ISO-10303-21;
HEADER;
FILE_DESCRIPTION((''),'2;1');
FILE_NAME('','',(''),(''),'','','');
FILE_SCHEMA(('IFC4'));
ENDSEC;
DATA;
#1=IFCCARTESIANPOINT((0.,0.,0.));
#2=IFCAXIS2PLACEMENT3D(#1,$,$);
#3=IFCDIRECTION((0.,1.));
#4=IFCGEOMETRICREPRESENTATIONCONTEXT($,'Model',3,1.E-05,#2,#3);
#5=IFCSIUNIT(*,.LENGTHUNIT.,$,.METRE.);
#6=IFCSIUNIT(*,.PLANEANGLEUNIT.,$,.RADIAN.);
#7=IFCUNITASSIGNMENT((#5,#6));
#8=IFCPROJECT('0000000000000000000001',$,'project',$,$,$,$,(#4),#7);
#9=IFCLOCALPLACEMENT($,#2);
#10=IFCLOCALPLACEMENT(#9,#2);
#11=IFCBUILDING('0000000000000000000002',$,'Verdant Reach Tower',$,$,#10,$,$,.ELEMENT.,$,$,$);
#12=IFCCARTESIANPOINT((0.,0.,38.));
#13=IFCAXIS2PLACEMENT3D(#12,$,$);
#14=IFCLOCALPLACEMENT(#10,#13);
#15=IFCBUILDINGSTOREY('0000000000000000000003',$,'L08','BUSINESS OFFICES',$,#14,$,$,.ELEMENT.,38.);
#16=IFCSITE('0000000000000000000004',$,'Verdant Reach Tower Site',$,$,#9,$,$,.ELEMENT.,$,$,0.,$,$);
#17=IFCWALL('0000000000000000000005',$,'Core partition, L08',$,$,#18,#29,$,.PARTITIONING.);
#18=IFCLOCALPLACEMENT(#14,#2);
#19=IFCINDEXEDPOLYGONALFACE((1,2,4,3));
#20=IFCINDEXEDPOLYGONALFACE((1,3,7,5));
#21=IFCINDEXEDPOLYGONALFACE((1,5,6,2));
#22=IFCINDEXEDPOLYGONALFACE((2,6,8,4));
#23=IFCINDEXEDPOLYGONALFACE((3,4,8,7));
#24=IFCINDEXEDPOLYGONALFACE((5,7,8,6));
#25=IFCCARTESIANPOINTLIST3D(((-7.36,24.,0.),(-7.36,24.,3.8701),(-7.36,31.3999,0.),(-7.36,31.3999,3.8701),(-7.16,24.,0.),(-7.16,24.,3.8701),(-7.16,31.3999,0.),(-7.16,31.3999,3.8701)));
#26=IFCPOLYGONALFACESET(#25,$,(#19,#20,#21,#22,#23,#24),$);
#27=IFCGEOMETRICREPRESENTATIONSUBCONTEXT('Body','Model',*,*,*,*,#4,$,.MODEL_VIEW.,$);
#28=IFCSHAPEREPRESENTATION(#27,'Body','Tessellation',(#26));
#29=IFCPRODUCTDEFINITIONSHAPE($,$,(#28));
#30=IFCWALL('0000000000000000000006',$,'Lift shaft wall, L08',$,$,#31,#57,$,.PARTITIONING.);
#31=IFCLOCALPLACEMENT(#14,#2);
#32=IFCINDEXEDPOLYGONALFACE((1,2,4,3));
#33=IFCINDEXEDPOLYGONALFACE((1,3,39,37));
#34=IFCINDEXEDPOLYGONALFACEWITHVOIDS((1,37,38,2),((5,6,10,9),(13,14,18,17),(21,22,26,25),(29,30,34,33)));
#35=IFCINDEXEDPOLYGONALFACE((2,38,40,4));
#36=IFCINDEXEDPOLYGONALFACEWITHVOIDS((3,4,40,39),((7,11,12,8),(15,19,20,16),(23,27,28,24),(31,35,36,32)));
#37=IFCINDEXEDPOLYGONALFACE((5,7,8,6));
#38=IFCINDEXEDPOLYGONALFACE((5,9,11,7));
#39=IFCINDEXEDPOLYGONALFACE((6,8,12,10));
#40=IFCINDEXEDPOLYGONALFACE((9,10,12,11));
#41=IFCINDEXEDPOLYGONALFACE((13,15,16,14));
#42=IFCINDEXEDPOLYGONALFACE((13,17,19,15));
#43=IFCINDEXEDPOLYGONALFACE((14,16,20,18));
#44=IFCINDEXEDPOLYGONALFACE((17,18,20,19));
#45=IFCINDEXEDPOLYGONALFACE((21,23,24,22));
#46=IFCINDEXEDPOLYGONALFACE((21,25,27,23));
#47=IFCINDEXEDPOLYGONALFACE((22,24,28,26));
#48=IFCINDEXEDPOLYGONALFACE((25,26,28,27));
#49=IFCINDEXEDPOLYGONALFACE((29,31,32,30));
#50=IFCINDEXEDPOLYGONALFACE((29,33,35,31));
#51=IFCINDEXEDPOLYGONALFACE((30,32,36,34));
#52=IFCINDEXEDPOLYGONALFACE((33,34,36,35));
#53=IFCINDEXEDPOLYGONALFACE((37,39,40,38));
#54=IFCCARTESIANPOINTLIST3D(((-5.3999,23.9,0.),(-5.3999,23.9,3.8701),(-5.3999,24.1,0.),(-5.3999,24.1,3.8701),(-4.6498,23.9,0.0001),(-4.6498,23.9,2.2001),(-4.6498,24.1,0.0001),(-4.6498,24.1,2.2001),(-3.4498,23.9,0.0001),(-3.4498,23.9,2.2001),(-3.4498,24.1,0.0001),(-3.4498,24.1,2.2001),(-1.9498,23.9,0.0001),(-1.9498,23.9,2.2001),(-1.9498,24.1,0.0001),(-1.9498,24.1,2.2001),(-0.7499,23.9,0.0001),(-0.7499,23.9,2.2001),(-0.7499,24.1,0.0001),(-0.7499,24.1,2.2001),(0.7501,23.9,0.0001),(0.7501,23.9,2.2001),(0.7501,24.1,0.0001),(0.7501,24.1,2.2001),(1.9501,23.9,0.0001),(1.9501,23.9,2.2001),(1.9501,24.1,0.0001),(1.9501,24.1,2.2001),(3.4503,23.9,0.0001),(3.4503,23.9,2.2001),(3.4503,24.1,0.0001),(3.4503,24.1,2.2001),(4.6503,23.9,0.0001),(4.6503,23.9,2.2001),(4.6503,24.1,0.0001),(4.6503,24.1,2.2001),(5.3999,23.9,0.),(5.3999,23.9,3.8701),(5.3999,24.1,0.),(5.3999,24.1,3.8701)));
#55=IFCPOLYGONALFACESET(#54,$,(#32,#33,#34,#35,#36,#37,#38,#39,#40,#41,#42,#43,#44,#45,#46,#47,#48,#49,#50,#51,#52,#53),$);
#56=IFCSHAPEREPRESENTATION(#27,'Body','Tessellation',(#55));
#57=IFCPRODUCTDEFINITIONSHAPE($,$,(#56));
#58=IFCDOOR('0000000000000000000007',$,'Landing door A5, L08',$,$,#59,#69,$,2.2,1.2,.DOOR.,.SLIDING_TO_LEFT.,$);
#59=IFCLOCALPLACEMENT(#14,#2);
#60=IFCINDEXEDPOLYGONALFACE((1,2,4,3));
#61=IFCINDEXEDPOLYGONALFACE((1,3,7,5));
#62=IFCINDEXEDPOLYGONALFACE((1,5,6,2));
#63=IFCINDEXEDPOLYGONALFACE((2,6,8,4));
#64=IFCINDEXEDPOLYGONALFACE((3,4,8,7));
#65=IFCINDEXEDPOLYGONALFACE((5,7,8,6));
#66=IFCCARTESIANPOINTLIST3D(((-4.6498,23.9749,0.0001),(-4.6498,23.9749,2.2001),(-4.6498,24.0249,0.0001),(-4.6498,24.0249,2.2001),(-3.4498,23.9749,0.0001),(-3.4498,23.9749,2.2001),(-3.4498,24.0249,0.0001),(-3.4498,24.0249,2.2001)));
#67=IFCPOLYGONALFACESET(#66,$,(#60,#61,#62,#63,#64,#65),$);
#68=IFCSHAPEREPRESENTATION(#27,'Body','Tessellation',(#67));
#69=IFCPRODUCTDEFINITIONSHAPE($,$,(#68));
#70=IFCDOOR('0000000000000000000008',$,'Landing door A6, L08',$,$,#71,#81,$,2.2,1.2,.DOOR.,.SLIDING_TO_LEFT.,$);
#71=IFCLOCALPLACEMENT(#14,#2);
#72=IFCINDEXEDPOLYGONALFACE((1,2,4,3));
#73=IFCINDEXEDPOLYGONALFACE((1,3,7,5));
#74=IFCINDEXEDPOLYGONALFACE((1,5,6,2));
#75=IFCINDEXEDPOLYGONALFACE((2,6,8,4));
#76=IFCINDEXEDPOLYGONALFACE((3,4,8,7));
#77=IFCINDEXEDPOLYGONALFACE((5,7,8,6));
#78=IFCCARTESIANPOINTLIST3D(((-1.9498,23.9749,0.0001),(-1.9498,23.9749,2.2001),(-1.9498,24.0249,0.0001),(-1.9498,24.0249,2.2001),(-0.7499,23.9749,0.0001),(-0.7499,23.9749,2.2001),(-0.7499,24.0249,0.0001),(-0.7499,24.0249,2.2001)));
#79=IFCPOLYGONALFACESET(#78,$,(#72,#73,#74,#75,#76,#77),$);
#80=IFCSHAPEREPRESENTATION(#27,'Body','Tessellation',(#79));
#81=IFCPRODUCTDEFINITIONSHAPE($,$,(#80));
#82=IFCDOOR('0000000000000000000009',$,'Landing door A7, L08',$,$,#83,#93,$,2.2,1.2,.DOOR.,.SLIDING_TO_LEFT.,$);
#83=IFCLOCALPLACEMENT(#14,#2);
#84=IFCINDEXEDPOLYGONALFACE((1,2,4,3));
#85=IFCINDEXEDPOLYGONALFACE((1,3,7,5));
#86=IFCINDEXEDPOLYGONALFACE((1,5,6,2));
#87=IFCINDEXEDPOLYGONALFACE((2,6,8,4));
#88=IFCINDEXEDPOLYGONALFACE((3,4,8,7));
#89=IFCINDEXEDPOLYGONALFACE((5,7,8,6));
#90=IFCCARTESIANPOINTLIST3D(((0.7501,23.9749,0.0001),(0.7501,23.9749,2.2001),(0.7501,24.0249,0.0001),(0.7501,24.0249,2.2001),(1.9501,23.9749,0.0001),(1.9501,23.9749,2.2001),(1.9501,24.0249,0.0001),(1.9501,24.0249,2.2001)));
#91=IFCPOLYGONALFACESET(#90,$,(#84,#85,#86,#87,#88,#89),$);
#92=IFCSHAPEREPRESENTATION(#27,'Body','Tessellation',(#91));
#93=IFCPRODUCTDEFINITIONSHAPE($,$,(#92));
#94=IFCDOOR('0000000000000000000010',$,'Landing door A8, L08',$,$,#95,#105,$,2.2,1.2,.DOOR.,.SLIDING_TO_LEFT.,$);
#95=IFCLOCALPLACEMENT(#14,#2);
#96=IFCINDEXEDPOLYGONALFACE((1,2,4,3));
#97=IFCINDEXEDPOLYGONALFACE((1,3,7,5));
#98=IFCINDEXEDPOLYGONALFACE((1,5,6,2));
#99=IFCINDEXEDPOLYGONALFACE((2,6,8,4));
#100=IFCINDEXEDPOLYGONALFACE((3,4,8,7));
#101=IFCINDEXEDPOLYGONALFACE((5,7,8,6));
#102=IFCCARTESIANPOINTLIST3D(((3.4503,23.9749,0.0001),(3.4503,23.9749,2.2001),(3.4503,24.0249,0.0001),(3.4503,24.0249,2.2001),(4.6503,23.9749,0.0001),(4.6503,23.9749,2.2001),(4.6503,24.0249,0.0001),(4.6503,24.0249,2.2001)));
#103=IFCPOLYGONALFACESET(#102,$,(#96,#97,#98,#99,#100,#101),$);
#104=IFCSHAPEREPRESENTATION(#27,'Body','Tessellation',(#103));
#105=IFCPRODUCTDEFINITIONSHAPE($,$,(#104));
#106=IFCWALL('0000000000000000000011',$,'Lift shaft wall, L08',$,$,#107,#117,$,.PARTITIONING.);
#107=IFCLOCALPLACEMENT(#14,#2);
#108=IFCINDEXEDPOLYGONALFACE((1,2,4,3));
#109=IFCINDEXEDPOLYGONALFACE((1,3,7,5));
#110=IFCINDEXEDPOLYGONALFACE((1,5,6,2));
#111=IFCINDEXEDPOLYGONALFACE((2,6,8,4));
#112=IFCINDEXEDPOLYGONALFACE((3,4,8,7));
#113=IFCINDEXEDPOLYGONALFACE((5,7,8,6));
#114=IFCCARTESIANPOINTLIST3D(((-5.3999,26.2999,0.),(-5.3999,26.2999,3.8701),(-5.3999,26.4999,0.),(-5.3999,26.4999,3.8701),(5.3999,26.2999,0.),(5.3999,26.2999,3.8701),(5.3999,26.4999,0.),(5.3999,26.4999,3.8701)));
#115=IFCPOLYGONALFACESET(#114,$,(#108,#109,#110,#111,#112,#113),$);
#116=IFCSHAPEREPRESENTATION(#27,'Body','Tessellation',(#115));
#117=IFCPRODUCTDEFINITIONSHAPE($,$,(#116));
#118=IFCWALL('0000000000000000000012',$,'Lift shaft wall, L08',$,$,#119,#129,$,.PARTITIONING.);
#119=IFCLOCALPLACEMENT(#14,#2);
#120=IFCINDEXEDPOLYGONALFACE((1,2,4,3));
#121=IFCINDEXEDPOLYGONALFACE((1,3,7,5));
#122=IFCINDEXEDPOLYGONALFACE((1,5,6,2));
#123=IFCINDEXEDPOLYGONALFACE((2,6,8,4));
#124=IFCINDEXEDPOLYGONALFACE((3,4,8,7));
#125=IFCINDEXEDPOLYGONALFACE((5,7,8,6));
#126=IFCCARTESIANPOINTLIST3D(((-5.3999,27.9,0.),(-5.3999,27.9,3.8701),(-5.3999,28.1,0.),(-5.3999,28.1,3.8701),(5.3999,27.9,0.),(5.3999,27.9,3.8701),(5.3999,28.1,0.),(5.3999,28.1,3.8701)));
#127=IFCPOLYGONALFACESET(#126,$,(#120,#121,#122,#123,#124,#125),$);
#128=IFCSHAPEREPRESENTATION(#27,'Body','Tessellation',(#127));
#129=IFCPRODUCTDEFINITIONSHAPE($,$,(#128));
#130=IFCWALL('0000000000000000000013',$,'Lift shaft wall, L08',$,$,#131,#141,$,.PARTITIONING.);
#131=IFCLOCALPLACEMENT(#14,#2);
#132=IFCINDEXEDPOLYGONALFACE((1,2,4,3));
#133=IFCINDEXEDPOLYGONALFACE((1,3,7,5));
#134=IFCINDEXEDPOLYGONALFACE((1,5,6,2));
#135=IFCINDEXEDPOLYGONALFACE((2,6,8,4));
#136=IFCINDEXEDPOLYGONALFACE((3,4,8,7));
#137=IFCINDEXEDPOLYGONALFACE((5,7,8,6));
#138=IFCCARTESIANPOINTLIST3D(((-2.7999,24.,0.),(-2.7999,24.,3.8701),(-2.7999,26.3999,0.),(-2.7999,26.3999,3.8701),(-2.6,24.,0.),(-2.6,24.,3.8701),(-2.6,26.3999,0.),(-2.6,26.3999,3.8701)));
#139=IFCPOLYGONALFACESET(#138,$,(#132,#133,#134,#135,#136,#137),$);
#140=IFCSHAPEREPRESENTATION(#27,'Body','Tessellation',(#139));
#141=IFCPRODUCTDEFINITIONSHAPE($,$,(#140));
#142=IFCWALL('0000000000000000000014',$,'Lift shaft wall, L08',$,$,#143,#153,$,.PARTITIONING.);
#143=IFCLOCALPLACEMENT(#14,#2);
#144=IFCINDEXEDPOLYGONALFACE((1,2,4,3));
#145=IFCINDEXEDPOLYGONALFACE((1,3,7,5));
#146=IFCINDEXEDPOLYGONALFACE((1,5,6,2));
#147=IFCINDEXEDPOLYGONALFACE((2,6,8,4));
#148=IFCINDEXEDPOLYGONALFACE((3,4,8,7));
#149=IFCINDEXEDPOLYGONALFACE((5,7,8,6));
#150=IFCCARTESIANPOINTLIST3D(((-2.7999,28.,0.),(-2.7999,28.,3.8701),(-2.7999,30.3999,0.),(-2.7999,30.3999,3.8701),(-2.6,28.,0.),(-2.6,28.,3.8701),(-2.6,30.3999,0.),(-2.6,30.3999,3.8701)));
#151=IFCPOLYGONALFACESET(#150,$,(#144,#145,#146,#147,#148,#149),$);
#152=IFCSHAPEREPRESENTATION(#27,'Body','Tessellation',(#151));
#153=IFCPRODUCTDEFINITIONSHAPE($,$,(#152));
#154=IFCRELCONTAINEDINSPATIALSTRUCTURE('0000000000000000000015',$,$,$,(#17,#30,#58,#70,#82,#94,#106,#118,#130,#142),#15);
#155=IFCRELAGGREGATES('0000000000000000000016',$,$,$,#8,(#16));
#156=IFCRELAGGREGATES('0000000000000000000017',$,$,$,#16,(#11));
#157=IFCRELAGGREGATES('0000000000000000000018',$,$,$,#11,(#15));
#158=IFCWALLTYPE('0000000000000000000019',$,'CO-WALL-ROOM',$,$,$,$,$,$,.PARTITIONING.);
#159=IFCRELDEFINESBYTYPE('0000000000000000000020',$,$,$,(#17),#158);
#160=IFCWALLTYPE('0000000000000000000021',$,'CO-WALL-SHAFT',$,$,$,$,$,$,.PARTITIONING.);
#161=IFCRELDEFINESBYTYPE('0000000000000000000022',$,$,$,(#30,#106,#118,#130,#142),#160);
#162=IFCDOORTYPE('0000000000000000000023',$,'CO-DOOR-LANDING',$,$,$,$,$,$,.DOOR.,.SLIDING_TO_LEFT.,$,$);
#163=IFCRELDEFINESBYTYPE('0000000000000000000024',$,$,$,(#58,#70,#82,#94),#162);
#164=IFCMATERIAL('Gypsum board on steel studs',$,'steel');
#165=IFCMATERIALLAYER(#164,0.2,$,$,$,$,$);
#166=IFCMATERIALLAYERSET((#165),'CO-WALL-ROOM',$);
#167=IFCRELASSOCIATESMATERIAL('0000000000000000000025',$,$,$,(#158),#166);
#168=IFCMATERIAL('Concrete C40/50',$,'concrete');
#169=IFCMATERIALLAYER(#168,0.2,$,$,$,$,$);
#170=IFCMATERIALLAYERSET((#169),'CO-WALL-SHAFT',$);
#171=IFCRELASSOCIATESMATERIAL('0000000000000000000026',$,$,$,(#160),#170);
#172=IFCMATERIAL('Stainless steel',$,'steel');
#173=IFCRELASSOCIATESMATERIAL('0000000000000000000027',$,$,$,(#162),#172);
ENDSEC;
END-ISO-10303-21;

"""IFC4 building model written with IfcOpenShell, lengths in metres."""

from ifc_helpers import new_model, si_unit, direction, frame, frame_2d, origin, place, context, subcontext, project, spatial, rectangle, extrude, material, layer, layer_set, type_object, element, fill, save


model = new_model("IFC4")

# Units and contexts
model_context = context("Model", 3, precision=1e-05, world=origin(), true_north=direction((0.0, 1.0)))
body_context = subcontext(model_context, "Body", "Model", "MODEL_VIEW")
ifc_project = project(units=[si_unit("LENGTHUNIT", "METRE"), si_unit("PLANEANGLEUNIT", "RADIAN")], contexts=[model_context])

# Site, building, storey
site_placement = place(None, origin())
site = spatial("IfcSite", under=ifc_project, at=site_placement, Name="Verdant Reach Tower Site", CompositionType="ELEMENT", RefElevation=0.0)
building_placement = place(site_placement, origin())
building = spatial("IfcBuilding", under=site, at=building_placement, Name="Verdant Reach Tower", CompositionType="ELEMENT")
storey_placement = place(building_placement, frame((0.0, 0.0, 38.0)))
storey = spatial("IfcBuildingStorey", under=building, at=storey_placement, Name="L08", Description="BUSINESS OFFICES", CompositionType="ELEMENT", Elevation=38.0)

# Wall
ifc_material_1 = material(Name="Gypsum board on steel studs", Category="steel")
ifc_layer_1 = layer(ifc_material_1, 0.2)
ifc_layer_set_1 = layer_set([ifc_layer_1], Name="CO-WALL-ROOM")
wall_type_1 = type_object("IfcWallType", Name="CO-WALL-ROOM", PredefinedType="PARTITIONING", material=ifc_layer_set_1)
wall_1_placement = place(storey_placement, frame((-7.26, 24.0, 0.0), z_axis=(0.0, 0.0, 1.0), x_axis=(0.0, 1.0, 0.0)))
element("IfcWall", 1, at=wall_1_placement, inside=storey, type_object=wall_type_1, Name="Core partition, L08", PredefinedType="PARTITIONING", context=body_context, shape_type="SweptSolid", body=[
    extrude(rectangle(XDim=7.3999, YDim=0.2, at=frame_2d((3.7, 0.0))), origin(), (0.0, 0.0, 1.0), 3.8701),
])

# Wall, openings, doors
ifc_material_2 = material(Name="Concrete C40/50", Category="concrete")
ifc_layer_2 = layer(ifc_material_2, 0.2)
ifc_layer_set_2 = layer_set([ifc_layer_2], Name="CO-WALL-SHAFT")
wall_type_2 = type_object("IfcWallType", Name="CO-WALL-SHAFT", PredefinedType="PARTITIONING", material=ifc_layer_set_2)
wall_2_placement = place(storey_placement, frame((-5.3999, 24.0, 0.0), z_axis=(0.0, 0.0, 1.0), x_axis=(1.0, 0.0, 0.0)))
wall_2 = element("IfcWall", 2, at=wall_2_placement, inside=storey, type_object=wall_type_2, Name="Lift shaft wall, L08", PredefinedType="PARTITIONING", context=body_context, shape_type="SweptSolid", body=[
    extrude(rectangle(XDim=10.7998, YDim=0.2, at=frame_2d((5.3999, 0.0))), origin(), (0.0, 0.0, 1.0), 3.8701),
])
opening_1_placement = place(wall_2_placement, frame((0.75, 0.0, 0.0)))
opening_1 = element("IfcOpeningElement", 3, at=opening_1_placement, cuts=wall_2, PredefinedType="OPENING", context=body_context, shape_type="SweptSolid", body=[
    extrude(rectangle(XDim=1.2, YDim=2.2, at=frame_2d((0.6001, 1.1001))), frame((0.0, 0.1099, 0.0), z_axis=(0.0, -1.0, 0.0), x_axis=(1.0, 0.0, 0.0)), (0.0, 0.0, 1.0), 0.22),
])
opening_2_placement = place(wall_2_placement, frame((3.45, 0.0, 0.0)))
opening_2 = element("IfcOpeningElement", 4, at=opening_2_placement, cuts=wall_2, PredefinedType="OPENING", context=body_context, shape_type="SweptSolid", body=[
    extrude(rectangle(XDim=1.2, YDim=2.2, at=frame_2d((0.6001, 1.1001))), frame((0.0, 0.1099, 0.0), z_axis=(0.0, -1.0, 0.0), x_axis=(1.0, 0.0, 0.0)), (0.0, 0.0, 1.0), 0.22),
])
opening_3_placement = place(wall_2_placement, frame((6.1499, 0.0, 0.0)))
opening_3 = element("IfcOpeningElement", 5, at=opening_3_placement, cuts=wall_2, PredefinedType="OPENING", context=body_context, shape_type="SweptSolid", body=[
    extrude(rectangle(XDim=1.2, YDim=2.2, at=frame_2d((0.6001, 1.1001))), frame((0.0, 0.1099, 0.0), z_axis=(0.0, -1.0, 0.0), x_axis=(1.0, 0.0, 0.0)), (0.0, 0.0, 1.0), 0.22),
])
opening_4_placement = place(wall_2_placement, frame((8.8501, 0.0, 0.0)))
opening_4 = element("IfcOpeningElement", 6, at=opening_4_placement, cuts=wall_2, PredefinedType="OPENING", context=body_context, shape_type="SweptSolid", body=[
    extrude(rectangle(XDim=1.2, YDim=2.2, at=frame_2d((0.6001, 1.1001))), frame((0.0, 0.1099, 0.0), z_axis=(0.0, -1.0, 0.0), x_axis=(1.0, 0.0, 0.0)), (0.0, 0.0, 1.0), 0.22),
])
ifc_material_3 = material(Name="Stainless steel", Category="steel")
door_type = type_object("IfcDoorType", Name="CO-DOOR-LANDING", OperationType="SLIDING_TO_LEFT", PredefinedType="DOOR", material=ifc_material_3)
door_1_placement = place(opening_1_placement, origin())
door_1 = element("IfcDoor", 7, at=door_1_placement, inside=storey, type_object=door_type, Name="Landing door A5, L08", OperationType="SLIDING_TO_LEFT", OverallHeight=2.2, OverallWidth=1.2, PredefinedType="DOOR", context=body_context, shape_type="SweptSolid", body=[
    extrude(rectangle(XDim=1.2, YDim=2.2, at=frame_2d((0.6001, 1.1001))), frame((0.0, 0.0249, 0.0), z_axis=(0.0, -1.0, 0.0), x_axis=(1.0, 0.0, 0.0)), (0.0, 0.0, 1.0), 0.05),
])
fill(opening_1, door_1)
door_2_placement = place(opening_2_placement, origin())
door_2 = element("IfcDoor", 8, at=door_2_placement, inside=storey, type_object=door_type, Name="Landing door A6, L08", OperationType="SLIDING_TO_LEFT", OverallHeight=2.2, OverallWidth=1.2, PredefinedType="DOOR", context=body_context, shape_type="SweptSolid", body=[
    extrude(rectangle(XDim=1.2, YDim=2.2, at=frame_2d((0.6001, 1.1001))), frame((0.0, 0.0249, 0.0), z_axis=(0.0, -1.0, 0.0), x_axis=(1.0, 0.0, 0.0)), (0.0, 0.0, 1.0), 0.05),
])
fill(opening_2, door_2)
door_3_placement = place(opening_3_placement, origin())
door_3 = element("IfcDoor", 9, at=door_3_placement, inside=storey, type_object=door_type, Name="Landing door A7, L08", OperationType="SLIDING_TO_LEFT", OverallHeight=2.2, OverallWidth=1.2, PredefinedType="DOOR", context=body_context, shape_type="SweptSolid", body=[
    extrude(rectangle(XDim=1.2, YDim=2.2, at=frame_2d((0.6001, 1.1001))), frame((0.0, 0.0249, 0.0), z_axis=(0.0, -1.0, 0.0), x_axis=(1.0, 0.0, 0.0)), (0.0, 0.0, 1.0), 0.05),
])
fill(opening_3, door_3)
door_4_placement = place(opening_4_placement, origin())
door_4 = element("IfcDoor", 10, at=door_4_placement, inside=storey, type_object=door_type, Name="Landing door A8, L08", OperationType="SLIDING_TO_LEFT", OverallHeight=2.2, OverallWidth=1.2, PredefinedType="DOOR", context=body_context, shape_type="SweptSolid", body=[
    extrude(rectangle(XDim=1.2, YDim=2.2, at=frame_2d((0.6001, 1.1001))), frame((0.0, 0.0249, 0.0), z_axis=(0.0, -1.0, 0.0), x_axis=(1.0, 0.0, 0.0)), (0.0, 0.0, 1.0), 0.05),
])
fill(opening_4, door_4)

# Walls
for number, where, z_axis, x_axis, name in (
    (11, (-5.3999, 26.3999, 0.0), (0.0, 0.0, 1.0), (1.0, 0.0, 0.0), "Lift shaft wall, L08"),
    (12, (-5.3999, 28.0, 0.0), (0.0, 0.0, 1.0), (1.0, 0.0, 0.0), "Lift shaft wall, L08"),
):
    element("IfcWall", number, at=place(storey_placement, frame(where, z_axis=z_axis, x_axis=x_axis)), inside=storey, type_object=wall_type_2, Name=name, PredefinedType="PARTITIONING", context=body_context, shape_type="SweptSolid", body=[
        extrude(rectangle(XDim=10.7998, YDim=0.2, at=frame_2d((5.3999, 0.0))), origin(), (0.0, 0.0, 1.0), 3.8701),
    ])
for number, where, z_axis, x_axis, name in (
    (13, (-2.7, 24.0, 0.0), (0.0, 0.0, 1.0), (0.0, 1.0, 0.0), "Lift shaft wall, L08"),
    (14, (-2.7, 28.0, 0.0), (0.0, 0.0, 1.0), (0.0, 1.0, 0.0), "Lift shaft wall, L08"),
):
    element("IfcWall", number, at=place(storey_placement, frame(where, z_axis=z_axis, x_axis=x_axis)), inside=storey, type_object=wall_type_2, Name=name, PredefinedType="PARTITIONING", context=body_context, shape_type="SweptSolid", body=[
        extrude(rectangle(XDim=2.3999, YDim=0.2, at=frame_2d((1.2, 0.0))), origin(), (0.0, 0.0, 1.0), 3.8701),
    ])

save(model, "model.ifc")
